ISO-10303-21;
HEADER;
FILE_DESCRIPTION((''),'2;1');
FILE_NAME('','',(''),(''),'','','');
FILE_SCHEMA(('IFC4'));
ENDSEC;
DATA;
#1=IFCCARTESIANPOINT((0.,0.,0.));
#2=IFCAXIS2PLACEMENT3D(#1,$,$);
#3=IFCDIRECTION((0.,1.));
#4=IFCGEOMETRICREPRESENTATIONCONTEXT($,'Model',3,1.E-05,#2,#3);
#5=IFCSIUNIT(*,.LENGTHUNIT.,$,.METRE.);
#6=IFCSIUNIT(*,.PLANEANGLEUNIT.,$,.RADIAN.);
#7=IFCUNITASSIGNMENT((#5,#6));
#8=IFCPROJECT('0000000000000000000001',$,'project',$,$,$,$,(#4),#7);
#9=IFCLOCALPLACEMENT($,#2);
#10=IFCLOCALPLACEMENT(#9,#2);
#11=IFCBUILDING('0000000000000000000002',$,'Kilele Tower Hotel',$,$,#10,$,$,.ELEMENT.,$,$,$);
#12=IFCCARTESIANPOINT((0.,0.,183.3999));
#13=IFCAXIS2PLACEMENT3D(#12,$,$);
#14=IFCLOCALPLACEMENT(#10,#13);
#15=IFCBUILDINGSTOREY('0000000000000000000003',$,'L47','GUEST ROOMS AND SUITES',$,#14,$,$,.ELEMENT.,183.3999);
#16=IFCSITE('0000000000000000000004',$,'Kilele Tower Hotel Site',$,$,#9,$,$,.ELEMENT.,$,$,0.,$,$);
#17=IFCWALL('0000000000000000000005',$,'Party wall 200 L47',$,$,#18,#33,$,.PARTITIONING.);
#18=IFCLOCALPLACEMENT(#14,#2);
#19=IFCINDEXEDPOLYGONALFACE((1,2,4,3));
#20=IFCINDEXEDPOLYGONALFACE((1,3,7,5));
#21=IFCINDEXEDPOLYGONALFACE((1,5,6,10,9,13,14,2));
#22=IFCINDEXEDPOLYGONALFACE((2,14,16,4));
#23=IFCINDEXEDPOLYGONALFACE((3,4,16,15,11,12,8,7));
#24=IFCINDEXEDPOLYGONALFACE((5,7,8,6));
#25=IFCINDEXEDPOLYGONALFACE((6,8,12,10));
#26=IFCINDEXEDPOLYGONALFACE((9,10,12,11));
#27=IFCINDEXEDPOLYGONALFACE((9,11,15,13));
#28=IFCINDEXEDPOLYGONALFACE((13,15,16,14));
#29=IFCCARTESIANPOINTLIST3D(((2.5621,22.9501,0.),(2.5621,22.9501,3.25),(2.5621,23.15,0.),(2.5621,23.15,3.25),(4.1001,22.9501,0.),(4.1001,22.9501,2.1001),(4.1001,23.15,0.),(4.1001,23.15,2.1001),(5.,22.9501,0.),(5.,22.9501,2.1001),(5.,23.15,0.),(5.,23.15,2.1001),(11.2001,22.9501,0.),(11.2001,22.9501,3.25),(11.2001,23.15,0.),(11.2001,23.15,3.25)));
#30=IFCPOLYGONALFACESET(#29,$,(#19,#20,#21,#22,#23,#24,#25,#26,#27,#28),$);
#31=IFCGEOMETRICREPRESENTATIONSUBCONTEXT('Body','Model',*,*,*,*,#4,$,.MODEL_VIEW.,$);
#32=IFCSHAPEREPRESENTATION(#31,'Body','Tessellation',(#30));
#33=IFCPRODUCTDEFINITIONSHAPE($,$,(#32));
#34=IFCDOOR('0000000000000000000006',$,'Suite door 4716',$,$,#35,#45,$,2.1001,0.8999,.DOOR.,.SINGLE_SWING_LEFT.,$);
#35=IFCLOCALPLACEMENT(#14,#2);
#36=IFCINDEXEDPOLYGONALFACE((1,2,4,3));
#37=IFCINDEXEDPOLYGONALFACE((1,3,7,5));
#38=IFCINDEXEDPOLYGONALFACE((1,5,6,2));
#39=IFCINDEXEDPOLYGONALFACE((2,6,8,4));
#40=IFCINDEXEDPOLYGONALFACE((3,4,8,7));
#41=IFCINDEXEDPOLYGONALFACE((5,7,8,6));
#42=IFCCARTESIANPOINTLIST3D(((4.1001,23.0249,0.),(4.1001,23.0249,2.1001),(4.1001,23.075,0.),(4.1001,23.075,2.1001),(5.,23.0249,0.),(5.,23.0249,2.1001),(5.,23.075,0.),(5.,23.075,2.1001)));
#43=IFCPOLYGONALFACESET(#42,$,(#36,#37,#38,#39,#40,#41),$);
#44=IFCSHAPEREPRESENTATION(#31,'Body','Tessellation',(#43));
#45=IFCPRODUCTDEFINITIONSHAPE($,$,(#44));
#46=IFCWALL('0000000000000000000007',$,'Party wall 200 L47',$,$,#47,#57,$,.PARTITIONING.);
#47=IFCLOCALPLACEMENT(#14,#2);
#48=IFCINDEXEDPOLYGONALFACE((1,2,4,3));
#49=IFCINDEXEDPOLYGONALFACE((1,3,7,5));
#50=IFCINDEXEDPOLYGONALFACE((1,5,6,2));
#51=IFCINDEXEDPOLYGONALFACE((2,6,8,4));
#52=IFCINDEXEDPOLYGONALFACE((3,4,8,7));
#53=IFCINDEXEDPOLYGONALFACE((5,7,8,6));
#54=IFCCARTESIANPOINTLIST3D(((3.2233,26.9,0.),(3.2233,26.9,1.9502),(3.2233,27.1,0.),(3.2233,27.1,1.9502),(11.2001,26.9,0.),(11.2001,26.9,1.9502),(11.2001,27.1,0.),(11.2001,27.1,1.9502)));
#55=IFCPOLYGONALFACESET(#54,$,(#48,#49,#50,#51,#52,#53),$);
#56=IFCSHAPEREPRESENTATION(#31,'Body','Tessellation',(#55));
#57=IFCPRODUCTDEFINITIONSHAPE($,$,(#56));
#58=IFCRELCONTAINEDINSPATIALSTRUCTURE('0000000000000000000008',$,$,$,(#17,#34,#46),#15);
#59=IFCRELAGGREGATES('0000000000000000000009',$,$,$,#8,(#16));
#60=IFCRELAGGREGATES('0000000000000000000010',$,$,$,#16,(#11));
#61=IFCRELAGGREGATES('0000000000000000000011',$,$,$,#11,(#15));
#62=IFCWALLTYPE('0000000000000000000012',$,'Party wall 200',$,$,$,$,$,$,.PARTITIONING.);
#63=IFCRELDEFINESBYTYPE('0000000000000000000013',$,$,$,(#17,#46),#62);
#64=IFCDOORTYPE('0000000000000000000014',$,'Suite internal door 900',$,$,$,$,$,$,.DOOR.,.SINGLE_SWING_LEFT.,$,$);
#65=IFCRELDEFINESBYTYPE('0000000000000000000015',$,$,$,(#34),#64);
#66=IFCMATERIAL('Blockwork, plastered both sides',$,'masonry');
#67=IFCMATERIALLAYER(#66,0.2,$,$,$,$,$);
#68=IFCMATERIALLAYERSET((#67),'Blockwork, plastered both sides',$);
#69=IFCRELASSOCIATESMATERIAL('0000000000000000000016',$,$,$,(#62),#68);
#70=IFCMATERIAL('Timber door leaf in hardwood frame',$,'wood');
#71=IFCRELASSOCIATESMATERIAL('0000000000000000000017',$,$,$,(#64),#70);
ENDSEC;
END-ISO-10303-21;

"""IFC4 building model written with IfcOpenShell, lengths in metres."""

from ifc_helpers import new_model, si_unit, direction, frame, frame_2d, origin, place, context, subcontext, project, spatial, rectangle, extrude, material, layer, layer_set, type_object, element, fill, save


model = new_model("IFC4")

# Units and contexts
model_context = context("Model", 3, precision=1e-05, world=origin(), true_north=direction((0.0, 1.0)))
body_context = subcontext(model_context, "Body", "Model", "MODEL_VIEW")
ifc_project = project(units=[si_unit("LENGTHUNIT", "METRE"), si_unit("PLANEANGLEUNIT", "RADIAN")], contexts=[model_context])

# Site, building, storey
site_placement = place(None, origin())
site = spatial("IfcSite", under=ifc_project, at=site_placement, Name="Kilele Tower Hotel Site", CompositionType="ELEMENT", RefElevation=0.0)
building_placement = place(site_placement, origin())
building = spatial("IfcBuilding", under=site, at=building_placement, Name="Kilele Tower Hotel", CompositionType="ELEMENT")
storey_placement = place(building_placement, frame((0.0, 0.0, 183.3999)))
storey = spatial("IfcBuildingStorey", under=building, at=storey_placement, Name="L47", Description="GUEST ROOMS AND SUITES", CompositionType="ELEMENT", Elevation=183.3999)

# Wall, opening, door
ifc_material_1 = material(Name="Blockwork, plastered both sides", Category="masonry")
ifc_layer_1 = layer(ifc_material_1, 0.2)
ifc_layer_set_1 = layer_set([ifc_layer_1], Name="Blockwork, plastered both sides")
wall_type_1 = type_object("IfcWallType", Name="Party wall 200", PredefinedType="PARTITIONING", material=ifc_layer_set_1)
wall_1_placement = place(storey_placement, frame((11.2, 23.05, 0.0), z_axis=(0.0, 0.0, 1.0), x_axis=(-1.0, 0.0, 0.0)))
wall_1 = element("IfcWall", 1, at=wall_1_placement, inside=storey, type_object=wall_type_1, Name="Party wall 200 L47", PredefinedType="PARTITIONING", context=body_context, shape_type="SweptSolid", body=[
    extrude(rectangle(XDim=8.6379, YDim=0.2, at=frame_2d((4.3188, 0.0))), origin(), (0.0, 0.0, 1.0), 3.25),
])
opening_1_placement = place(wall_1_placement, frame((7.0999, 0.0, 0.0), z_axis=(0.0, 0.0, 1.0), x_axis=(-1.0, 0.0, 0.0)))
opening_1 = element("IfcOpeningElement", 2, at=opening_1_placement, cuts=wall_1, PredefinedType="OPENING", context=body_context, shape_type="SweptSolid", body=[
    extrude(rectangle(XDim=0.8999, YDim=2.1001, at=frame_2d((0.45, 1.05))), frame((0.0, 0.1099, 0.0), z_axis=(0.0, -1.0, 0.0), x_axis=(1.0, 0.0, 0.0)), (0.0, 0.0, 1.0), 0.22),
])
ifc_material_2 = material(Name="Timber door leaf in hardwood frame", Category="wood")
door_type_1 = type_object("IfcDoorType", Name="Suite internal door 900", OperationType="SINGLE_SWING_LEFT", PredefinedType="DOOR", material=ifc_material_2)
door_1_placement = place(opening_1_placement, origin())
door_1 = element("IfcDoor", 3, at=door_1_placement, inside=storey, type_object=door_type_1, Name="Suite door 4716", OperationType="SINGLE_SWING_LEFT", OverallHeight=2.1001, OverallWidth=0.8999, PredefinedType="DOOR", context=body_context, shape_type="SweptSolid", body=[
    extrude(rectangle(XDim=0.8999, YDim=2.1001, at=frame_2d((0.45, 1.05))), frame((0.0, 0.0249, 0.0), z_axis=(0.0, -1.0, 0.0), x_axis=(1.0, 0.0, 0.0)), (0.0, 0.0, 1.0), 0.05),
])
fill(opening_1, door_1)

# Wall
wall_2_placement = place(storey_placement, frame((11.2, 27.0, 0.0), z_axis=(0.0, 0.0, 1.0), x_axis=(-1.0, 0.0, 0.0)))
element("IfcWall", 4, at=wall_2_placement, inside=storey, type_object=wall_type_1, Name="Party wall 200 L47", PredefinedType="PARTITIONING", context=body_context, shape_type="SweptSolid", body=[
    extrude(rectangle(XDim=7.9768, YDim=0.2, at=frame_2d((3.9883, 0.0))), origin(), (0.0, 0.0, 1.0), 1.9502),
])

save(model, "model.ifc")
